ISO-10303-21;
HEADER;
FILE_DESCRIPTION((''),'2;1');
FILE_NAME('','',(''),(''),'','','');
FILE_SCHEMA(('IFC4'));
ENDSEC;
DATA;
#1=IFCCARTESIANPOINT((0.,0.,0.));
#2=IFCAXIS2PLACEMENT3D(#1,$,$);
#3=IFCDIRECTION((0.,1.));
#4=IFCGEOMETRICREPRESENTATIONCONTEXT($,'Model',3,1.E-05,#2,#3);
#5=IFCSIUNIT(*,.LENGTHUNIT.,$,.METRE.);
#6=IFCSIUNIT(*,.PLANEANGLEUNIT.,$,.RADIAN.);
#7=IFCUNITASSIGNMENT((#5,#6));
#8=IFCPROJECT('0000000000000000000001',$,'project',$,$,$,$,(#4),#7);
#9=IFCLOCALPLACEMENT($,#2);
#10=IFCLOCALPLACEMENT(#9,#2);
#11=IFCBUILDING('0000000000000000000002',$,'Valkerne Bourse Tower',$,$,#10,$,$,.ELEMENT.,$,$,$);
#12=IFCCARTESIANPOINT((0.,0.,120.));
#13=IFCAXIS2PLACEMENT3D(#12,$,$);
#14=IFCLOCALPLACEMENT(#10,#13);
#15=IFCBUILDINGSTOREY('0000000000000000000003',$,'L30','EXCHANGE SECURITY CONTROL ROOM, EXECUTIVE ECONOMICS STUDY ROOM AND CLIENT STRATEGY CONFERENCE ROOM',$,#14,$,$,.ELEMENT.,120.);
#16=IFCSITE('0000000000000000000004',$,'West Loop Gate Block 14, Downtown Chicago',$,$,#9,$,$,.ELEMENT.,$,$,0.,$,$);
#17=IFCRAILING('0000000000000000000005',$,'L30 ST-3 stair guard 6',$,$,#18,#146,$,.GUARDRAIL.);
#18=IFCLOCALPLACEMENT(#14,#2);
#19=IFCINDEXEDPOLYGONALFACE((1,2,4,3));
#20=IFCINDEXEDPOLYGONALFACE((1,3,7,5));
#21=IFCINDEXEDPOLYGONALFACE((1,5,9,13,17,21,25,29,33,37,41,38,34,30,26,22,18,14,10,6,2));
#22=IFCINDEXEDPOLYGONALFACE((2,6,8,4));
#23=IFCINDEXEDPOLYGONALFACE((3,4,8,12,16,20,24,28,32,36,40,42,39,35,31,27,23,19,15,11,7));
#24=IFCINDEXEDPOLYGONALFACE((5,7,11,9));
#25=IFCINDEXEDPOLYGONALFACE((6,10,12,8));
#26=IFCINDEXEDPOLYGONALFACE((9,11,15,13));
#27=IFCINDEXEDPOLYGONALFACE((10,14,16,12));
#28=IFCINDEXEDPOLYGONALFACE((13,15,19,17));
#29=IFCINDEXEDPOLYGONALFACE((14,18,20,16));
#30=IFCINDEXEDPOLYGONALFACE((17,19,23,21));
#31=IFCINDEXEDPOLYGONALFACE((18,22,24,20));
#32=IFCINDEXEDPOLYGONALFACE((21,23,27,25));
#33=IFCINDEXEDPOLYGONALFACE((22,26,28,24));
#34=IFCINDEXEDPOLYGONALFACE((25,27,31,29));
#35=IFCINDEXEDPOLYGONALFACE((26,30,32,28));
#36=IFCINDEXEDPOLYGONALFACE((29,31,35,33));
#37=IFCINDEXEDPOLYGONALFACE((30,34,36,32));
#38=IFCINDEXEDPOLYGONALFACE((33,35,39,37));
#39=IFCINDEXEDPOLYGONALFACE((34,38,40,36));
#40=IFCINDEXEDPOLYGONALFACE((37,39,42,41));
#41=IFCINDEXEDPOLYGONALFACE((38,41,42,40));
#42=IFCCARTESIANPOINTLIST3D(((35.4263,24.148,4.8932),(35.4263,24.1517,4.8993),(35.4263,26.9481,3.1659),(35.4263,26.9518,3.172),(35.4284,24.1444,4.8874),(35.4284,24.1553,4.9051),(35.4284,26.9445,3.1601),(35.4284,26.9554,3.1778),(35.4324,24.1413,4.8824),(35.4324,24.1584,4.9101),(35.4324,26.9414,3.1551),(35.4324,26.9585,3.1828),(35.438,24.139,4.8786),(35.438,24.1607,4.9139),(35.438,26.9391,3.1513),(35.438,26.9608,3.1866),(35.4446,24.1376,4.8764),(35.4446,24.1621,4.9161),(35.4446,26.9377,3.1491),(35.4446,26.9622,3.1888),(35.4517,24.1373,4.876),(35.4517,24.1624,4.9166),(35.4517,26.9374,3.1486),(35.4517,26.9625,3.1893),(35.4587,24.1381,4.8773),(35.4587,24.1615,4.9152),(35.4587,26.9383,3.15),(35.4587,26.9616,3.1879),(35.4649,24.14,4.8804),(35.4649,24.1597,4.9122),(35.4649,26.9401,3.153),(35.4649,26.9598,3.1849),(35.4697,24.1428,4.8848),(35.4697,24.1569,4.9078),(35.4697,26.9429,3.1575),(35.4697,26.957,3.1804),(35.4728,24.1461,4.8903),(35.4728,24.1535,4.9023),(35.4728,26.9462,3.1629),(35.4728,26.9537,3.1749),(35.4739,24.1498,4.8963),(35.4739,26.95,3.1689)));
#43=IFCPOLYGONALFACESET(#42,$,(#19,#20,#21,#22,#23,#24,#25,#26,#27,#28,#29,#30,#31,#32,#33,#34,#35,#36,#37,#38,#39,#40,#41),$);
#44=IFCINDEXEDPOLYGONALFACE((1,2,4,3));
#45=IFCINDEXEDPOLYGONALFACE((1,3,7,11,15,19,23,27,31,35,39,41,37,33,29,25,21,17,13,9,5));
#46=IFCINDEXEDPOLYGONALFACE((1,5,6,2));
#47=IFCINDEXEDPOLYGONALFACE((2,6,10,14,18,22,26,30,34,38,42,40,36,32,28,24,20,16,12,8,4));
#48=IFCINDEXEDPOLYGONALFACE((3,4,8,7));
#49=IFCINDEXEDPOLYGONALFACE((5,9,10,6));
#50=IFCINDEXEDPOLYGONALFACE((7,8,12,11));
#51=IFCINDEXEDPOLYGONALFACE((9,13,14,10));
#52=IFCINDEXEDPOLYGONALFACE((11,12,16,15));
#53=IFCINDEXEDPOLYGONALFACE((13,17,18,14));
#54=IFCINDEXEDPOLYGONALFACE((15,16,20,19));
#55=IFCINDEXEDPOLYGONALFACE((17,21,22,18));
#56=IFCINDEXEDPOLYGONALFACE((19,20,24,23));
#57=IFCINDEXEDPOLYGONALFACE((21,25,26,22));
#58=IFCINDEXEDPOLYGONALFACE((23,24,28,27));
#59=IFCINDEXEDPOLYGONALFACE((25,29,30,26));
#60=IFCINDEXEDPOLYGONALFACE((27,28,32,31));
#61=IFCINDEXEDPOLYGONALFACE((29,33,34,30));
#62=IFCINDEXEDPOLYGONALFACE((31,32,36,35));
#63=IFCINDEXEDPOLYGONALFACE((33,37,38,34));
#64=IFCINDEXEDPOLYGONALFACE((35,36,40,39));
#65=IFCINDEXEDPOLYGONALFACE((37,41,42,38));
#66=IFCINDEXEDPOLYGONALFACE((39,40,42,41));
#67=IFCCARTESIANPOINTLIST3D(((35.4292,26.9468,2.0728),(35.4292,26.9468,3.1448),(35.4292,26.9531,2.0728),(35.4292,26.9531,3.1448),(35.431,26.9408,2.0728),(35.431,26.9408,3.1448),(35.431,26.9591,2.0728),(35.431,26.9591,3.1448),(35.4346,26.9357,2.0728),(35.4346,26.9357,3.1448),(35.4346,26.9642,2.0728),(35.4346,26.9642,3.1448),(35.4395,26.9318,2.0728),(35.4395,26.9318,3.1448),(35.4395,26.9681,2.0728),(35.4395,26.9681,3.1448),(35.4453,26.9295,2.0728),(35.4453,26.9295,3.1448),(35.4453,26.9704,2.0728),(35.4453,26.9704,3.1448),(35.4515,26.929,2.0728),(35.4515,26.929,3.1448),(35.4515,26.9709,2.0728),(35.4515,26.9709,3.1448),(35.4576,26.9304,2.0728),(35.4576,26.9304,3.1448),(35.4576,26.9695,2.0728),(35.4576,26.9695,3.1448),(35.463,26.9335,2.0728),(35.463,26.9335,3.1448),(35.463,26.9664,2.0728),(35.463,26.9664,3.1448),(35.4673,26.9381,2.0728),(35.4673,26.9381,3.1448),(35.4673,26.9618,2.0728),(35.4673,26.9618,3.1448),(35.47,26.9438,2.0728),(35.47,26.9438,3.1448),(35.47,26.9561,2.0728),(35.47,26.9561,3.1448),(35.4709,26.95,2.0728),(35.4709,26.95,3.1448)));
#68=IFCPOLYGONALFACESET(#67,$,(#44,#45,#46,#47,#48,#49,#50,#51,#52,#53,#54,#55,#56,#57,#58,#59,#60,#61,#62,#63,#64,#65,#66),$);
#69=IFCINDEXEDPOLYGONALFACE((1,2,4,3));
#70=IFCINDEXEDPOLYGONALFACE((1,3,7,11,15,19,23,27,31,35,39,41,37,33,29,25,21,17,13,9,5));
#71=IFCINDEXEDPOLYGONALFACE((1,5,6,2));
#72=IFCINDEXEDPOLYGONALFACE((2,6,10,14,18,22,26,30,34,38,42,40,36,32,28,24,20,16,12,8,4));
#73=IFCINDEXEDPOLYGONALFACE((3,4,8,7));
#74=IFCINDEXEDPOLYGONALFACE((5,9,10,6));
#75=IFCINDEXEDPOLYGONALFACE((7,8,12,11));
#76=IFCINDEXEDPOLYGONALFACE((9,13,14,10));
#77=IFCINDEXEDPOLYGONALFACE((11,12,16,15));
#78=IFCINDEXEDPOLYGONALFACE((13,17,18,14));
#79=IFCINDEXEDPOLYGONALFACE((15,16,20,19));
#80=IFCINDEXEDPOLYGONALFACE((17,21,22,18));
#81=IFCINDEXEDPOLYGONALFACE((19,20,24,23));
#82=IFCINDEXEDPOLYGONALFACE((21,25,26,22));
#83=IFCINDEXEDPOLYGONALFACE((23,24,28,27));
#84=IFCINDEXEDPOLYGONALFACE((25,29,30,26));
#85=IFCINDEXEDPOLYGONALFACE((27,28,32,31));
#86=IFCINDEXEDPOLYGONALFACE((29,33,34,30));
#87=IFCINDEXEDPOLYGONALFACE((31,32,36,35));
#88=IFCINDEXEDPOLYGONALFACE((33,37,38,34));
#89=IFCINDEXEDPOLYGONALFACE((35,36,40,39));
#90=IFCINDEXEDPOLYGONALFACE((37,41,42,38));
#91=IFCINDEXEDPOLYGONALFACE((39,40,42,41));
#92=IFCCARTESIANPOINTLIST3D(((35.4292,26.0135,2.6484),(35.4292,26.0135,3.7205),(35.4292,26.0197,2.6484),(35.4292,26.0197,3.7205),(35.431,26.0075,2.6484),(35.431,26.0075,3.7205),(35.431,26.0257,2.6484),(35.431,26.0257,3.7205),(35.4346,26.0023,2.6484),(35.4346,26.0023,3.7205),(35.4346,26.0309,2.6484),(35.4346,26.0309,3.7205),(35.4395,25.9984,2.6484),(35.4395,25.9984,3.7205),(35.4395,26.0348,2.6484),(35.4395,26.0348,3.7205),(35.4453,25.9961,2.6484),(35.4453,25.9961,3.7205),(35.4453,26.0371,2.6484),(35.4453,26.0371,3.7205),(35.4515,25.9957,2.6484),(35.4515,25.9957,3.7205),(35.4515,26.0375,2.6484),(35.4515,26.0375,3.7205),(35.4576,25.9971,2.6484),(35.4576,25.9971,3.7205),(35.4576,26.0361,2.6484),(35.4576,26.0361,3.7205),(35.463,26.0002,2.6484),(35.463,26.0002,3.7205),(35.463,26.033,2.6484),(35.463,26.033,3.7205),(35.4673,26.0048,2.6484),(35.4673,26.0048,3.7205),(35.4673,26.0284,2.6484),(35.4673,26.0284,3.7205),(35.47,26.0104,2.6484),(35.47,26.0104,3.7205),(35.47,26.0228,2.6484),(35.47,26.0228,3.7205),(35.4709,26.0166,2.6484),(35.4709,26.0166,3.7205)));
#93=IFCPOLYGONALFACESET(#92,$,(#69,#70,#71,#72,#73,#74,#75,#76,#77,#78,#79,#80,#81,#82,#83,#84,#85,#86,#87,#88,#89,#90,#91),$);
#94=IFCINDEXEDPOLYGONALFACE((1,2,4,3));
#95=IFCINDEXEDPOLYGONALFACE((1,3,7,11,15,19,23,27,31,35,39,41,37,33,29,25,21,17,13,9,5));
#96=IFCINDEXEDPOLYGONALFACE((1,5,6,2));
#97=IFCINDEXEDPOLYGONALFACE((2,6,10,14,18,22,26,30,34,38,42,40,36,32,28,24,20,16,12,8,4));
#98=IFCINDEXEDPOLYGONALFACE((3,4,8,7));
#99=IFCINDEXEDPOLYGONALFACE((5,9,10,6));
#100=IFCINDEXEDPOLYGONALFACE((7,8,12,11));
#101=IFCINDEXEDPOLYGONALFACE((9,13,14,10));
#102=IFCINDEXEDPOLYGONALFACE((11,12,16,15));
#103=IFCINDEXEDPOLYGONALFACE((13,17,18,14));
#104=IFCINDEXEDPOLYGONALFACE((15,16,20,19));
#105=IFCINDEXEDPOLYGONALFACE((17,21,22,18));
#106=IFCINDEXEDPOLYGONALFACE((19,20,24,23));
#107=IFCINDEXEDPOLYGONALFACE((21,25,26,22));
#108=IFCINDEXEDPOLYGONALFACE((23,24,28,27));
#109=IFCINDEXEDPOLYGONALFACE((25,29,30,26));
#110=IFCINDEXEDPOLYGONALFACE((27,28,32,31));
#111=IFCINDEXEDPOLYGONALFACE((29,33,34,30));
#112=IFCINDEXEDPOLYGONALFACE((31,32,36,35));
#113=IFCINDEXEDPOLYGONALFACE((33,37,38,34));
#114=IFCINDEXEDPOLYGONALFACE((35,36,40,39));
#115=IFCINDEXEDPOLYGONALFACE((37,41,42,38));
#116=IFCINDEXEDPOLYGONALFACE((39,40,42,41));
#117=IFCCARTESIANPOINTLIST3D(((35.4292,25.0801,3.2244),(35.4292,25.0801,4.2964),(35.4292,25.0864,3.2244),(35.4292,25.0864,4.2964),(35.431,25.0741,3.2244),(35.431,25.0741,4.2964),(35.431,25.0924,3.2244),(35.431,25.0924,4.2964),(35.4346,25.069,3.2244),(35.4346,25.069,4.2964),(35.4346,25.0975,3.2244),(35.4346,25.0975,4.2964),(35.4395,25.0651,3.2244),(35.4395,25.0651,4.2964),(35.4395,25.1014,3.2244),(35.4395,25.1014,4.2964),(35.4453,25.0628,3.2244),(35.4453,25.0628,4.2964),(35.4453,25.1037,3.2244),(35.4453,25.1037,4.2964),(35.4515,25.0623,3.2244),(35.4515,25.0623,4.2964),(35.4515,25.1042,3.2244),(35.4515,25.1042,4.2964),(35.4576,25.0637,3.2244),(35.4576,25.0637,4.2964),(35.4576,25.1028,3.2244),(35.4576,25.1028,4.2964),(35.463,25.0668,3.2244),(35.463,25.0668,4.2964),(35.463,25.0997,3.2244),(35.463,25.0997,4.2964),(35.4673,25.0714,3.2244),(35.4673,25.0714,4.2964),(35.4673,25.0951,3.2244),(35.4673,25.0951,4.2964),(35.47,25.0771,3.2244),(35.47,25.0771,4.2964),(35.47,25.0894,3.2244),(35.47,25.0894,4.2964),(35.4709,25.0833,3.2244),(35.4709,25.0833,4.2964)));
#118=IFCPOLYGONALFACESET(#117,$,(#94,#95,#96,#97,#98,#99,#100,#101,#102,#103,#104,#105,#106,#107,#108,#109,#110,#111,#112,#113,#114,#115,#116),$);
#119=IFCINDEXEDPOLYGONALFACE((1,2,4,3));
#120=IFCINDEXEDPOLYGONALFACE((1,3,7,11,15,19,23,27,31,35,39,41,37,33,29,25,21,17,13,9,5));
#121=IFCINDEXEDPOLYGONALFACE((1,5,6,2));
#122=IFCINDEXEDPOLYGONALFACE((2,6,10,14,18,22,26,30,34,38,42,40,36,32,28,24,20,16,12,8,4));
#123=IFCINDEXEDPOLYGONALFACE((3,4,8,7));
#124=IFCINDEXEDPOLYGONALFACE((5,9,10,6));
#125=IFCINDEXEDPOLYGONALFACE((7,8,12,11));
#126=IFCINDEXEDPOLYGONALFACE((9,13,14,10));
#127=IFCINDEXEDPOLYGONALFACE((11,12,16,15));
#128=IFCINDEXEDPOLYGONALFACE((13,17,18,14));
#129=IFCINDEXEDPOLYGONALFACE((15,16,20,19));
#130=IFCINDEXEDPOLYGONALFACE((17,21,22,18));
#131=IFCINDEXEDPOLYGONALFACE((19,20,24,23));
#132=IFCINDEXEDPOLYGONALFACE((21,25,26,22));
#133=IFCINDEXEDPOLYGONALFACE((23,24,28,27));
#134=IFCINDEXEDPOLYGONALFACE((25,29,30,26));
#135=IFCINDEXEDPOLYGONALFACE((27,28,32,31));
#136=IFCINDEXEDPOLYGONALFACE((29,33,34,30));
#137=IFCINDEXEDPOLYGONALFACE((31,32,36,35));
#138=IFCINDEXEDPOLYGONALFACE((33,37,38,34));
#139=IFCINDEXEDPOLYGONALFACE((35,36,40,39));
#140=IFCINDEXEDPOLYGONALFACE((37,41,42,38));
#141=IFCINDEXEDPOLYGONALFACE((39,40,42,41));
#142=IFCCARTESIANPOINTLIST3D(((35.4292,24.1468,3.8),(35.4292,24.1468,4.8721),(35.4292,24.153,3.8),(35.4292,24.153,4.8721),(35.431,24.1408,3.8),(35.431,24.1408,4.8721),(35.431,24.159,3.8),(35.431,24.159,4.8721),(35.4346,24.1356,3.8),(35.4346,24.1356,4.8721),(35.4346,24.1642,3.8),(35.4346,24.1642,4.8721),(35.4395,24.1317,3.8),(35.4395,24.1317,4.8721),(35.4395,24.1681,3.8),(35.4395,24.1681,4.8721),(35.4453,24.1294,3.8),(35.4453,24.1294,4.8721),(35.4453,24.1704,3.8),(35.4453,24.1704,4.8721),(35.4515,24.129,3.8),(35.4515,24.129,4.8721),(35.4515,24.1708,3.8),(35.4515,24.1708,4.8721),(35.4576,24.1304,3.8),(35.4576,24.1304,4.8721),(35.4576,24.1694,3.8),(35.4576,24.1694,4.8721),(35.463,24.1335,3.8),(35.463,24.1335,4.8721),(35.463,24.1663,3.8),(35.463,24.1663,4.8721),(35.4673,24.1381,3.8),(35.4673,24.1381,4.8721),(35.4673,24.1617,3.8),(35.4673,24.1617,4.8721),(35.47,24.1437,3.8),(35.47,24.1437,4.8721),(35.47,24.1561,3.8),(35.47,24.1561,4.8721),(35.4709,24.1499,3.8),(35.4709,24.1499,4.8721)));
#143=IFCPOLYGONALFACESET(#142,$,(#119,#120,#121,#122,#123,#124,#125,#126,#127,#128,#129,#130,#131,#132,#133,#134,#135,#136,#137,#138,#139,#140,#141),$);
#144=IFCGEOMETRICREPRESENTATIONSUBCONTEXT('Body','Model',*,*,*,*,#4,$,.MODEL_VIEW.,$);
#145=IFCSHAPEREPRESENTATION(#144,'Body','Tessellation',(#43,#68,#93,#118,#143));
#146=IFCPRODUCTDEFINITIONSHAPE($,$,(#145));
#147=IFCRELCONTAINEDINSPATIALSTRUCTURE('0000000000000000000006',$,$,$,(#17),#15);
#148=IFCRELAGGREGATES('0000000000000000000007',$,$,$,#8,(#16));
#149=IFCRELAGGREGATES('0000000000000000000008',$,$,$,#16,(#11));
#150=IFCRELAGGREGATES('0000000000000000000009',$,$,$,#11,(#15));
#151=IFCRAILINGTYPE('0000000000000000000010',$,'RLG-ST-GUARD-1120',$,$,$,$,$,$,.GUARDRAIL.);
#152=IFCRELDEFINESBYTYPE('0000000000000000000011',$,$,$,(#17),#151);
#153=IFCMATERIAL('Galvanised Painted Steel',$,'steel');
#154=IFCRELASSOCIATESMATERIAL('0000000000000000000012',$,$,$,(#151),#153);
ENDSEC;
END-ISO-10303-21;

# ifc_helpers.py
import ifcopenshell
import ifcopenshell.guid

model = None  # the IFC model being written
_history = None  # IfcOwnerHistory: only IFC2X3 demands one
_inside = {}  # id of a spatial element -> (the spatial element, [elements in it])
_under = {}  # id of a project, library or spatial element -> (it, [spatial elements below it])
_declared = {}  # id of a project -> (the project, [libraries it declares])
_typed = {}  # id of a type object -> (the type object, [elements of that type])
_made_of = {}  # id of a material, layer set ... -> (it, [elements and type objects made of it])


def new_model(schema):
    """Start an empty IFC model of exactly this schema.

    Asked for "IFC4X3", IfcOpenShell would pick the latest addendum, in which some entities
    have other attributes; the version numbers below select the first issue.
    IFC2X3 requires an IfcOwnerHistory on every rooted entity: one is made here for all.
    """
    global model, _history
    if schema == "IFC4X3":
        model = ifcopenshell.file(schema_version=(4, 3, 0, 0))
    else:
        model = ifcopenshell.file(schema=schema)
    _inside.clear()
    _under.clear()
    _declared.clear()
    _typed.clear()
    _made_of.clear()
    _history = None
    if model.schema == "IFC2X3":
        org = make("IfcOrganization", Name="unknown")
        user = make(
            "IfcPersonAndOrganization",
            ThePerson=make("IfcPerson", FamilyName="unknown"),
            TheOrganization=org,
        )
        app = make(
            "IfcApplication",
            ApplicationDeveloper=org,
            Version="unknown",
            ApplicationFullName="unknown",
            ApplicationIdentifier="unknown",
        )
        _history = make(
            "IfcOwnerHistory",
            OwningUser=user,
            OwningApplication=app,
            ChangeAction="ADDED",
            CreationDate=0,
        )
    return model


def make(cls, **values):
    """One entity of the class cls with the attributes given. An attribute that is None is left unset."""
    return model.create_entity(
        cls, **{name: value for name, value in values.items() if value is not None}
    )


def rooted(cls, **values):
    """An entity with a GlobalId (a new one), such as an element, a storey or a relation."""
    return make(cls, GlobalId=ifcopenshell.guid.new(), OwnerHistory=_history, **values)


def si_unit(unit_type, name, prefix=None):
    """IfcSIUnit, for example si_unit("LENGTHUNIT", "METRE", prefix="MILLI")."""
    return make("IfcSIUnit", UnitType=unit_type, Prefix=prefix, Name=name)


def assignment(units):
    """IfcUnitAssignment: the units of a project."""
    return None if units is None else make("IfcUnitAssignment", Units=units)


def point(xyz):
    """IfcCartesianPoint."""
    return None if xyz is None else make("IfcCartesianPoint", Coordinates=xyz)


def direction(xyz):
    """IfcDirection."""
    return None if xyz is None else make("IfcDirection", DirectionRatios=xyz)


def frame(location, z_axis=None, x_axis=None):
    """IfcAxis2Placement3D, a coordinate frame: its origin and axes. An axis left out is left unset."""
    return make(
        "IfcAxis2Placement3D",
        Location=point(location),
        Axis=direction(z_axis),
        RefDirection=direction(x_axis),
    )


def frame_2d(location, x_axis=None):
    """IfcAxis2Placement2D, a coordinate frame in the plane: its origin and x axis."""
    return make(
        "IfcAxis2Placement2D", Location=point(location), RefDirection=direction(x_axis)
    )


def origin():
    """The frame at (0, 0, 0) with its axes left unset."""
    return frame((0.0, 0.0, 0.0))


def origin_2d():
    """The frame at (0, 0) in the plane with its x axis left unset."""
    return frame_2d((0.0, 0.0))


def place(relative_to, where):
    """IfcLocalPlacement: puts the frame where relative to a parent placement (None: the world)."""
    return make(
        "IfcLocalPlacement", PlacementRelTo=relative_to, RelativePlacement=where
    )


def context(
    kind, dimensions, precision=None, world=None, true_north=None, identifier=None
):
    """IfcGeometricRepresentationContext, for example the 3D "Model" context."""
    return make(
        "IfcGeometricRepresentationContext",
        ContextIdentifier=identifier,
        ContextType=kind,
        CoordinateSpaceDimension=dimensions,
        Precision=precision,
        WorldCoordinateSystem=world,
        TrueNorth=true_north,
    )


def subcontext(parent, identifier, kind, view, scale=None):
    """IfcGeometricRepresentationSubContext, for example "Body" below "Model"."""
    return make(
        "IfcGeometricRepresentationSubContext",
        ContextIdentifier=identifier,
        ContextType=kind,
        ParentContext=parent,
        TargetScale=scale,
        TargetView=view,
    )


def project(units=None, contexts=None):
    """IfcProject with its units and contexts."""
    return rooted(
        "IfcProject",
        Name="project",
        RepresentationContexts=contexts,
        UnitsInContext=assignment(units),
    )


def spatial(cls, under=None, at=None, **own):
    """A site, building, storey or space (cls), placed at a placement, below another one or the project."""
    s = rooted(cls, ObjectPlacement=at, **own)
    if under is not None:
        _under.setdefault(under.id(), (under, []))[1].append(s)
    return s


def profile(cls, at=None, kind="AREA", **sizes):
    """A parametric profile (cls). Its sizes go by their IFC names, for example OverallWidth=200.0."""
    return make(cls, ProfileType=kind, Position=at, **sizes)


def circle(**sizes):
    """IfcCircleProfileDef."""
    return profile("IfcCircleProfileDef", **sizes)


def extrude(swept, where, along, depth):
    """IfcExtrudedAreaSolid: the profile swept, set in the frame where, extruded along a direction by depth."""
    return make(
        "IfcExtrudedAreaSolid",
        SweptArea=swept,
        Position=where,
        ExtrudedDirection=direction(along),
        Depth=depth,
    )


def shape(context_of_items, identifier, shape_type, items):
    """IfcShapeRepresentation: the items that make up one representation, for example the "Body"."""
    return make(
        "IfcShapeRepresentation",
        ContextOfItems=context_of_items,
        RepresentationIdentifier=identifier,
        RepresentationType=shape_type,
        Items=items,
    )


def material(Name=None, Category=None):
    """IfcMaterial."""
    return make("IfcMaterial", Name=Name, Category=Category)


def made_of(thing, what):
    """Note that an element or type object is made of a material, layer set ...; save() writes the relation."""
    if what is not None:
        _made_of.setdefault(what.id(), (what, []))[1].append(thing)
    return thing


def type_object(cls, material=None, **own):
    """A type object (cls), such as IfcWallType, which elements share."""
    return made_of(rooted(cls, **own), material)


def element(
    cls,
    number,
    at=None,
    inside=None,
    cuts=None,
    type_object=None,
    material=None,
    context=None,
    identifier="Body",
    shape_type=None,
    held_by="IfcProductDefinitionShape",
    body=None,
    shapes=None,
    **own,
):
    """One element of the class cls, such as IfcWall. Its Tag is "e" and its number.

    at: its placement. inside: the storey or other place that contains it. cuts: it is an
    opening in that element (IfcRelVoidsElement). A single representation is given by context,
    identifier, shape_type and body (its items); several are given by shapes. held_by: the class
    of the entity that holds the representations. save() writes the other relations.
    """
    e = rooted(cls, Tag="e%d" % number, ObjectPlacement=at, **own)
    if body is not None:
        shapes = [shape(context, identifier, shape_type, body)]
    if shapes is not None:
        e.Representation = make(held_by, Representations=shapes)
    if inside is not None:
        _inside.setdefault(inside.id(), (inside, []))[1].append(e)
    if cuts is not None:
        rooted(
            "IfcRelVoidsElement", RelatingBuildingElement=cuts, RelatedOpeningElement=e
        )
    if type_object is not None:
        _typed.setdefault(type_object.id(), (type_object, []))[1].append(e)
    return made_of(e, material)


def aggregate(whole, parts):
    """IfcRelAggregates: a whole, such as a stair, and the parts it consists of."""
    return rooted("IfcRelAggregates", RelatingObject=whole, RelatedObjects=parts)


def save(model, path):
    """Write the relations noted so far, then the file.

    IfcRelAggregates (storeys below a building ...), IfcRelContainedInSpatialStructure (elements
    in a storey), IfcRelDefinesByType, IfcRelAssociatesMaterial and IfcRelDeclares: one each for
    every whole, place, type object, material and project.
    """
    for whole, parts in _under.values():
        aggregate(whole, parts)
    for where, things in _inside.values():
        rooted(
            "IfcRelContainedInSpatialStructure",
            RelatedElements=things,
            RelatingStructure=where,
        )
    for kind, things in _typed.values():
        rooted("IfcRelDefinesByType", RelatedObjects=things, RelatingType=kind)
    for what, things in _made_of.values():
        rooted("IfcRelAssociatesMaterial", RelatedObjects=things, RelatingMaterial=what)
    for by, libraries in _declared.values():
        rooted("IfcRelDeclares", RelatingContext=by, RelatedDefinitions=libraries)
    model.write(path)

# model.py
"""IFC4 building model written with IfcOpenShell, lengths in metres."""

from ifc_helpers import new_model, si_unit, direction, frame, origin, origin_2d, place, context, subcontext, project, spatial, circle, extrude, material, type_object, element, save


model = new_model("IFC4")

# Units and contexts
model_context = context("Model", 3, precision=1e-05, world=origin(), true_north=direction((0.0, 1.0)))
body_context = subcontext(model_context, "Body", "Model", "MODEL_VIEW")
ifc_project = project(units=[si_unit("LENGTHUNIT", "METRE"), si_unit("PLANEANGLEUNIT", "RADIAN")], contexts=[model_context])

# Site, building, storey
site_placement = place(None, origin())
site = spatial("IfcSite", under=ifc_project, at=site_placement, Name="West Loop Gate Block 14, Downtown Chicago", CompositionType="ELEMENT", RefElevation=0.0)
building_placement = place(site_placement, origin())
building = spatial("IfcBuilding", under=site, at=building_placement, Name="Valkerne Bourse Tower", CompositionType="ELEMENT")
storey_placement = place(building_placement, frame((0.0, 0.0, 120.0)))
storey = spatial("IfcBuildingStorey", under=building, at=storey_placement, Name="L30", Description="EXCHANGE SECURITY CONTROL ROOM, EXECUTIVE ECONOMICS STUDY ROOM AND CLIENT STRATEGY CONFERENCE ROOM", CompositionType="ELEMENT", Elevation=120.0)

# Railing
ifc_material_1 = material(Name="Galvanised Painted Steel", Category="steel")
railing_type_1 = type_object("IfcRailingType", Name="RLG-ST-GUARD-1120", PredefinedType="GUARDRAIL", material=ifc_material_1)
railing_1_placement = place(storey_placement, frame((35.45, 26.95, 2.0728)))
element("IfcRailing", 1, at=railing_1_placement, inside=storey, type_object=railing_type_1, Name="L30 ST-3 stair guard 6", PredefinedType="GUARDRAIL", context=body_context, shape_type="SweptSolid", body=[
    extrude(circle(Radius=0.0239, at=origin_2d()), frame((0.0, 0.0, 1.0962), z_axis=(0.0, -0.85109, 0.52502), x_axis=(1.0, 0.0, 0.0)), (0.0, 0.0, 1.0), 3.29),
    extrude(circle(Radius=0.021, at=origin_2d()), origin(), (0.0, 0.0, 1.0), 1.072),
    extrude(circle(Radius=0.021, at=origin_2d()), frame((0.0, -0.9333, 0.5757)), (0.0, 0.0, 1.0), 1.072),
    extrude(circle(Radius=0.021, at=origin_2d()), frame((0.0, -1.8667, 1.1516)), (0.0, 0.0, 1.0), 1.072),
    extrude(circle(Radius=0.021, at=origin_2d()), frame((0.0, -2.8, 1.7273)), (0.0, 0.0, 1.0), 1.072),
])

save(model, "model.ifc")
